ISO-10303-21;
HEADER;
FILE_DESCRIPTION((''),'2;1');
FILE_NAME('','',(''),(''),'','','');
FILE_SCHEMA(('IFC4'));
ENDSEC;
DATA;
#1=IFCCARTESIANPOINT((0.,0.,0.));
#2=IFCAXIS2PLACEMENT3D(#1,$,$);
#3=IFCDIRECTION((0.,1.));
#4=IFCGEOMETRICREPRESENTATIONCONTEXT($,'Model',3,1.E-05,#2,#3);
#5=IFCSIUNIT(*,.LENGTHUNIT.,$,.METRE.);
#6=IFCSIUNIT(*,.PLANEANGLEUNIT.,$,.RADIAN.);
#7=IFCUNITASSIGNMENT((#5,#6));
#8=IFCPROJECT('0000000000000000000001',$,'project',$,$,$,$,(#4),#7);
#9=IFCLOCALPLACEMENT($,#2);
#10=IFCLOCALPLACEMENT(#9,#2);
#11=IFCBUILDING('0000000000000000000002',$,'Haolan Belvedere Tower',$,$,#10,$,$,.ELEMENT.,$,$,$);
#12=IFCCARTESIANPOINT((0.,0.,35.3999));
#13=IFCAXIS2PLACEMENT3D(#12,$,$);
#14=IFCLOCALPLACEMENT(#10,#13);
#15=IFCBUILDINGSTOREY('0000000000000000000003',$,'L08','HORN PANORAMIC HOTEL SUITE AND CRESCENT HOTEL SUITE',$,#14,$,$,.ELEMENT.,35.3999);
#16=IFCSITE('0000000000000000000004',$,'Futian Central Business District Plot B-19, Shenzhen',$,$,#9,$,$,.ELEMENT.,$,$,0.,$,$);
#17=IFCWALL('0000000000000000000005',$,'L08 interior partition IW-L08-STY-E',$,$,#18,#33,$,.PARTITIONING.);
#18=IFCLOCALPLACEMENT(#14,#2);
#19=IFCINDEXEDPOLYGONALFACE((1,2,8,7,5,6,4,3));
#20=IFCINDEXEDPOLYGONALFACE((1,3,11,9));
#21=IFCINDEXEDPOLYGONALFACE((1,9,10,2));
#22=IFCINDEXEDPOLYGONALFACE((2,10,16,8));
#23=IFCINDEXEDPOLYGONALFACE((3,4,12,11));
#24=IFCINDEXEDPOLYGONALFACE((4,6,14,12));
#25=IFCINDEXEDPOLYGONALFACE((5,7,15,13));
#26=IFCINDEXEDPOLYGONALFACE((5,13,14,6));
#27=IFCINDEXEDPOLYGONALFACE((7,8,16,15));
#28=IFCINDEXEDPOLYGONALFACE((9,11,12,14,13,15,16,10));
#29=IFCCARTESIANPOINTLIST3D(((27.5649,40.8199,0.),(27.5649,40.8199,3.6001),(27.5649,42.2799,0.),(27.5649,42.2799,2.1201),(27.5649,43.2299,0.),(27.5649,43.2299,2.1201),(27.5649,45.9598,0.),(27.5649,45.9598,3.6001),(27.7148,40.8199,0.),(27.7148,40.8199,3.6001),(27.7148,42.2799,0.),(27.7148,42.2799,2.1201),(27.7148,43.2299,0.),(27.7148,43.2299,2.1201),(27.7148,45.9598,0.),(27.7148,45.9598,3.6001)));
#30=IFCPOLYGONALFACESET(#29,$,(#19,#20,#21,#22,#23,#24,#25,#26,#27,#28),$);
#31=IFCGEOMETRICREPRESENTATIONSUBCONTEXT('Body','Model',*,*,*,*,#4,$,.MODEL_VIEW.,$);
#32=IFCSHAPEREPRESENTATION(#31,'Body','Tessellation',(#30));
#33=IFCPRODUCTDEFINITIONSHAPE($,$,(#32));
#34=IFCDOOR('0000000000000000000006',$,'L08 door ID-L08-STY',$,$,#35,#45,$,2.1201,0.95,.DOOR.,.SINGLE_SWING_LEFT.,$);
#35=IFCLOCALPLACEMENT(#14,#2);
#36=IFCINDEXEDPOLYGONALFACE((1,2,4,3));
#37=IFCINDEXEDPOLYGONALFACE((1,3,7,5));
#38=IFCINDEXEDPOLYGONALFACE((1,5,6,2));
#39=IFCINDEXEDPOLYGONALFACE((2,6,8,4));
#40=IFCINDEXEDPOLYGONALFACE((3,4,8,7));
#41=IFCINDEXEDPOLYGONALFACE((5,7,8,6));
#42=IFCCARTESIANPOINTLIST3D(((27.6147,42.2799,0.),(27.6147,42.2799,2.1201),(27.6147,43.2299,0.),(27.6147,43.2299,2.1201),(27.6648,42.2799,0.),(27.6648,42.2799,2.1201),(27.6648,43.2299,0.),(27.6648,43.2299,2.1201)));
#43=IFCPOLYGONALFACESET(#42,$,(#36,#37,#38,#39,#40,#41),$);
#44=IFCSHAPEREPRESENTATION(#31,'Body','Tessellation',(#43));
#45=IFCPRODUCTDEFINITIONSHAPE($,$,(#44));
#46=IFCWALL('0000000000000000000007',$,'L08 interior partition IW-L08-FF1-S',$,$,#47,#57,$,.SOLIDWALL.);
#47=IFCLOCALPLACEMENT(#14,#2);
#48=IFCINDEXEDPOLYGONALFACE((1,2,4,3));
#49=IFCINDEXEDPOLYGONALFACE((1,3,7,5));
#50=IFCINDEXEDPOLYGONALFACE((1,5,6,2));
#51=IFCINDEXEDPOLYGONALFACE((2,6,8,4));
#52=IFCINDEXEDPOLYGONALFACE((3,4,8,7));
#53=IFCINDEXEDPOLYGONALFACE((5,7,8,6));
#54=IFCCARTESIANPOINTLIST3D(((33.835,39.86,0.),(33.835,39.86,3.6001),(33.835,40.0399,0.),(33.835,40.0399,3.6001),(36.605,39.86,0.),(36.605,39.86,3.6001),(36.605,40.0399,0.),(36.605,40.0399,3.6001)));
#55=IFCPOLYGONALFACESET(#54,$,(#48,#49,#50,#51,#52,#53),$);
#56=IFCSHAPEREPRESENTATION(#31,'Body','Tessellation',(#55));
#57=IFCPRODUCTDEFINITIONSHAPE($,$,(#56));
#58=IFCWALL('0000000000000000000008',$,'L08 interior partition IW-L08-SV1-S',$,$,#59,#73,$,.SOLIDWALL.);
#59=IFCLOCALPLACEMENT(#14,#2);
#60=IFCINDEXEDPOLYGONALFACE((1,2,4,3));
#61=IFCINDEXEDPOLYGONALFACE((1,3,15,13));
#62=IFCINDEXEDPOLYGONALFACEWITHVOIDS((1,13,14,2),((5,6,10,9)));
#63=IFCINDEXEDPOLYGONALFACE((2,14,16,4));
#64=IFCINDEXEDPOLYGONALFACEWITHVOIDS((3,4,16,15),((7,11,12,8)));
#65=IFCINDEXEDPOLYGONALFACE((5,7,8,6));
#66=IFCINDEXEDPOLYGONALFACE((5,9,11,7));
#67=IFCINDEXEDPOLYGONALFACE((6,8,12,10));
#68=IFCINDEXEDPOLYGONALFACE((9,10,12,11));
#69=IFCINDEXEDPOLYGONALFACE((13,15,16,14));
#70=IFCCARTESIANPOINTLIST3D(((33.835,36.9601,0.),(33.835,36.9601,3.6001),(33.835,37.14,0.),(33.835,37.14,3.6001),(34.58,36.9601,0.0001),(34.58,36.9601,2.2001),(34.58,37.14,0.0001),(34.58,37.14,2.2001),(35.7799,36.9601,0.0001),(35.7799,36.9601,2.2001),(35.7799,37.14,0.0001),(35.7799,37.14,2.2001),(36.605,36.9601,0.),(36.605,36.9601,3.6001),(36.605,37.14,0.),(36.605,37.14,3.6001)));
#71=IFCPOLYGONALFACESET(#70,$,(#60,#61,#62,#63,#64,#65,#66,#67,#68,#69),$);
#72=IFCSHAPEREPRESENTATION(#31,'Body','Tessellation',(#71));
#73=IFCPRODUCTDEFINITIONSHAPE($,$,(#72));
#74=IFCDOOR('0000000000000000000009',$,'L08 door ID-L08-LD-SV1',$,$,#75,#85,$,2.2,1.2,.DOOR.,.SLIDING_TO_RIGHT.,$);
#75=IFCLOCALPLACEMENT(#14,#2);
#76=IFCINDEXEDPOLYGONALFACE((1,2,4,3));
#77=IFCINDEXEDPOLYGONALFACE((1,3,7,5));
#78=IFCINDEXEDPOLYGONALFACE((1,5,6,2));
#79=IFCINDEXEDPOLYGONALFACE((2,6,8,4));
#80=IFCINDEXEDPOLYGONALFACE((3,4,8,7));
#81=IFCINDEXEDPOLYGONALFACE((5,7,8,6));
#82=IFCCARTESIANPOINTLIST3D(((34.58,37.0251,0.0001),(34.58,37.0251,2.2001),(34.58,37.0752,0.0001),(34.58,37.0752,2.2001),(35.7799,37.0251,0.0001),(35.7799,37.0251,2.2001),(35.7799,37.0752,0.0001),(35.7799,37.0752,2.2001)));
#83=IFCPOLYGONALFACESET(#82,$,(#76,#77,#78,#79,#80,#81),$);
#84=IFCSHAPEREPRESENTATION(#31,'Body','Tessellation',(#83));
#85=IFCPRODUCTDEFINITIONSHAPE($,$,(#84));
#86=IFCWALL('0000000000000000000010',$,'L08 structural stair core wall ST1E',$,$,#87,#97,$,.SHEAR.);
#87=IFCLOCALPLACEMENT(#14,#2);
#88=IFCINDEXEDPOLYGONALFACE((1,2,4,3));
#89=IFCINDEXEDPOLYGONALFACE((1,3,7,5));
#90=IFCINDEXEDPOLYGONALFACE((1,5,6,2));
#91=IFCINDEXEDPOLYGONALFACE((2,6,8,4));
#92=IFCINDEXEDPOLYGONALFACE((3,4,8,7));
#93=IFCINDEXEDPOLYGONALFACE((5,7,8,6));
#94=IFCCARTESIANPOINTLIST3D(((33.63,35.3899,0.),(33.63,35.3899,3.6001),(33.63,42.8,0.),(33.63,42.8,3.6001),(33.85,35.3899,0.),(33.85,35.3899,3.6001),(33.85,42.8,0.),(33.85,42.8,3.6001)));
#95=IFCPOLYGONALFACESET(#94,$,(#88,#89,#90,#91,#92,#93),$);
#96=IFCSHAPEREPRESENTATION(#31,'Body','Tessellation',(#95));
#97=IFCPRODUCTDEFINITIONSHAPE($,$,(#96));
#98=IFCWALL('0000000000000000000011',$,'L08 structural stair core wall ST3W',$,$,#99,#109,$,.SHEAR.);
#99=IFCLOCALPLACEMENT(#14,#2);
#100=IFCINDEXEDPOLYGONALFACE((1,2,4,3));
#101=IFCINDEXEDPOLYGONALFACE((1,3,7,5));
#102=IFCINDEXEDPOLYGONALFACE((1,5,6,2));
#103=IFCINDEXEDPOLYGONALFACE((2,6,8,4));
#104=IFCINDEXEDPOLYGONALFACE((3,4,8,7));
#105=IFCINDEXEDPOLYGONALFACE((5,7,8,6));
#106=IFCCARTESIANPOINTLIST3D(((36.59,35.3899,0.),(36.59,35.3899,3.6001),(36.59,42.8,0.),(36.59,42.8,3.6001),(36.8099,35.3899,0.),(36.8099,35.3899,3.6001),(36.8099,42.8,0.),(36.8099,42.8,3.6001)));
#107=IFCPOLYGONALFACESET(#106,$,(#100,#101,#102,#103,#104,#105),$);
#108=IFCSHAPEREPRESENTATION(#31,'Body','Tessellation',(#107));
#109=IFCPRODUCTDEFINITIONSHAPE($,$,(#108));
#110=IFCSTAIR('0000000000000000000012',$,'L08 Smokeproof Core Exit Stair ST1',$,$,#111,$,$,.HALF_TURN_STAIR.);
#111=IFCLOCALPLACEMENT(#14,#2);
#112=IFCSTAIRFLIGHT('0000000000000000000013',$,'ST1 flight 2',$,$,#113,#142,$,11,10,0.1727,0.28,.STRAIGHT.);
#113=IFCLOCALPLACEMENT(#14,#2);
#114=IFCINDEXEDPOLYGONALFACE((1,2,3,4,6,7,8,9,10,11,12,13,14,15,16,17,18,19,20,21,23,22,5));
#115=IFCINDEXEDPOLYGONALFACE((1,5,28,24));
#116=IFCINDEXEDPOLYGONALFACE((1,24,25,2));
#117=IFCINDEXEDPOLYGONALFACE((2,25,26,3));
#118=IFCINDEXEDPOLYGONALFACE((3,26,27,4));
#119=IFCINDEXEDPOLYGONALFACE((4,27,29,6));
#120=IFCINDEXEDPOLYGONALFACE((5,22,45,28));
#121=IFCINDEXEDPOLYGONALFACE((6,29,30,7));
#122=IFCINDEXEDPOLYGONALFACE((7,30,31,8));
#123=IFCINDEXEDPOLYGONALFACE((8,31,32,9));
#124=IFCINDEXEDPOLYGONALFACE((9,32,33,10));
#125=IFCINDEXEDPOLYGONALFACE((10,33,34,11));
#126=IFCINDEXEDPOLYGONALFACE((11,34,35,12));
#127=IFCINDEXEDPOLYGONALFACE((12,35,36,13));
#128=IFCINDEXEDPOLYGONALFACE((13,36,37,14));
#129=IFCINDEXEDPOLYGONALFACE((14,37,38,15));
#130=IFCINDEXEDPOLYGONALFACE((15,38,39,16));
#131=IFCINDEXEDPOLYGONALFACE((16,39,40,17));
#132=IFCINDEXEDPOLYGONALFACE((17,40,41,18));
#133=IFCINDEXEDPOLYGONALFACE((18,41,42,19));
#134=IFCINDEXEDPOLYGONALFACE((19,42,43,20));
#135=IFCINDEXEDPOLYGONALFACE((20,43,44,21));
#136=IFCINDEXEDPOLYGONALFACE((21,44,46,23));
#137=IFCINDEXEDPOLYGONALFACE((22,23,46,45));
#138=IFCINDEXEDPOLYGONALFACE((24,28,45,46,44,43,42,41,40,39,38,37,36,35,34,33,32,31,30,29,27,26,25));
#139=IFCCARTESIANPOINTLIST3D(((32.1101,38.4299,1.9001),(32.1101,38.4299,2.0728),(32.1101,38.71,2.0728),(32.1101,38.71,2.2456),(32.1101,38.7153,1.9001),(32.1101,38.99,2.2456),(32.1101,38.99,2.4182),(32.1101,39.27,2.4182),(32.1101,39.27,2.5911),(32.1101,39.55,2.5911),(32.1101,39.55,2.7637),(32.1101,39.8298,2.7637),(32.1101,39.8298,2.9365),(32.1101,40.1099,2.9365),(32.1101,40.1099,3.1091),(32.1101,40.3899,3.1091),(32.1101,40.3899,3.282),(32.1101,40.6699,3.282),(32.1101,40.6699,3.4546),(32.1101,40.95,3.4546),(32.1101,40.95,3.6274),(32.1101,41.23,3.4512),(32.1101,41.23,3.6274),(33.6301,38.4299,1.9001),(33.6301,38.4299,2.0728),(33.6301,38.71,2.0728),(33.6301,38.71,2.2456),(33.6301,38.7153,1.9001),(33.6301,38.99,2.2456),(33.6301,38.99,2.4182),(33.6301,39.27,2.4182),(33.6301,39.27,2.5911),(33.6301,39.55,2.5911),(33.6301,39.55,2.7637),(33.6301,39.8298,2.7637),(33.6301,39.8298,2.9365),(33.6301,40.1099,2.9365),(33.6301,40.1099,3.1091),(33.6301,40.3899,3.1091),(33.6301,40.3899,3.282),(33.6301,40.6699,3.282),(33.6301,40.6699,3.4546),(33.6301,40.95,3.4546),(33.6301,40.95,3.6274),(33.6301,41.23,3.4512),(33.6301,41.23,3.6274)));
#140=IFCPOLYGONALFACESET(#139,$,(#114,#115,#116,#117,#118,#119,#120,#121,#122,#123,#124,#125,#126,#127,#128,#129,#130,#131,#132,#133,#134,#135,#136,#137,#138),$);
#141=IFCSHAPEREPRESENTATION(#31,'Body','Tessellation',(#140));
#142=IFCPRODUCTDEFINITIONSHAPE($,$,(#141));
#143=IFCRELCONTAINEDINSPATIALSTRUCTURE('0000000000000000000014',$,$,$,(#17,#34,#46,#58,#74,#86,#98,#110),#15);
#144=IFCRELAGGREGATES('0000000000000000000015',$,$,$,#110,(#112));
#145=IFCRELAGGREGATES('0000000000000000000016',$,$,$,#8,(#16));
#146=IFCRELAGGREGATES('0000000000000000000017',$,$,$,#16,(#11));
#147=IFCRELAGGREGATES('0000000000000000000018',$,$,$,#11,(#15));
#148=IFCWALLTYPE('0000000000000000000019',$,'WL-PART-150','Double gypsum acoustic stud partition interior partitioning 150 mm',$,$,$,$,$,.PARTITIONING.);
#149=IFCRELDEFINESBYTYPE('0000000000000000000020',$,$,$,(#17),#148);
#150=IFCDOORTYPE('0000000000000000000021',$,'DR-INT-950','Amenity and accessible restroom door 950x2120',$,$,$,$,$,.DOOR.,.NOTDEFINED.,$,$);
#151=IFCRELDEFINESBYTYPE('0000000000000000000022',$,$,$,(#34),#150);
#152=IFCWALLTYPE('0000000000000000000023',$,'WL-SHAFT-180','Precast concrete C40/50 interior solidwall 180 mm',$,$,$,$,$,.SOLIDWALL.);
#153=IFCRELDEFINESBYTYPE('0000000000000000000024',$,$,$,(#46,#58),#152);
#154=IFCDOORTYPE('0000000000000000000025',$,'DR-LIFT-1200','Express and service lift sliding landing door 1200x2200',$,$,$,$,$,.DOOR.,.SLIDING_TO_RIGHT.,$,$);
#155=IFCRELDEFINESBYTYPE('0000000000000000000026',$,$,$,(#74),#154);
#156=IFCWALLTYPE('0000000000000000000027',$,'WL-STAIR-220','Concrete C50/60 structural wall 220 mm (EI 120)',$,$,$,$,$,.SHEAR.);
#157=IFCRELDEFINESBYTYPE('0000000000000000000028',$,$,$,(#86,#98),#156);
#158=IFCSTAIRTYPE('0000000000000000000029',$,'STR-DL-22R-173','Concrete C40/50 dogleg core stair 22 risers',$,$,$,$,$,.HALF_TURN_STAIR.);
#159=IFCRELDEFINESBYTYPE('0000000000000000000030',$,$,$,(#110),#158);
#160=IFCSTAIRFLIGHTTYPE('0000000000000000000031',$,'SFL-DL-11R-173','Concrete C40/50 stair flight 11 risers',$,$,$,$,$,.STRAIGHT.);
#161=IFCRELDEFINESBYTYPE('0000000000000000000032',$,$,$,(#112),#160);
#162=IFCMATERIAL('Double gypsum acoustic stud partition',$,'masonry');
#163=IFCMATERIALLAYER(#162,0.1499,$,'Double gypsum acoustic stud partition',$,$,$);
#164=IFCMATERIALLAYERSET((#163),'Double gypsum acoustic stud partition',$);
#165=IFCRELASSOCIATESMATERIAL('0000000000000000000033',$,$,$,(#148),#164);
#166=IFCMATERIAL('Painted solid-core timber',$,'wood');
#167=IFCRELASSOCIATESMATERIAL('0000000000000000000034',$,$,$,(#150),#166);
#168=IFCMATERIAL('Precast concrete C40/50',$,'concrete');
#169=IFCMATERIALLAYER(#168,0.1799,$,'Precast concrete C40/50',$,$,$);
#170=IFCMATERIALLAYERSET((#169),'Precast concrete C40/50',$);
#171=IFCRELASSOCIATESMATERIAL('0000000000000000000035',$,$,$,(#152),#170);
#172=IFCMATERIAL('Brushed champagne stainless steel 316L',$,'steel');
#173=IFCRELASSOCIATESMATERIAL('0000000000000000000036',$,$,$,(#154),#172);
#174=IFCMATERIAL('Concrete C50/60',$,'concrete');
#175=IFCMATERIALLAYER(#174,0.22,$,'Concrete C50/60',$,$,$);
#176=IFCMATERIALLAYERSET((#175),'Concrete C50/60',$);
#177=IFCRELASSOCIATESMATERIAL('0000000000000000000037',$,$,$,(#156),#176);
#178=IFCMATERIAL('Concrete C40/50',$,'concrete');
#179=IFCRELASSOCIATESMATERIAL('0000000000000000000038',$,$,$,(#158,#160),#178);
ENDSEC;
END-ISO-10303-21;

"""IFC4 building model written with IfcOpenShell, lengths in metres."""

from ifc_helpers import new_model, si_unit, direction, frame, frame_2d, origin, place, context, subcontext, project, spatial, polyline, rectangle, outline, extrude, material, layer, layer_set, type_object, element, fill, aggregate, save


model = new_model("IFC4")

# Units and contexts
model_context = context("Model", 3, precision=1e-05, world=origin(), true_north=direction((0.0, 1.0)))
body_context = subcontext(model_context, "Body", "Model", "MODEL_VIEW")
ifc_project = project(units=[si_unit("LENGTHUNIT", "METRE"), si_unit("PLANEANGLEUNIT", "RADIAN")], contexts=[model_context])

# Site, building, storey
site_placement = place(None, origin())
site = spatial("IfcSite", under=ifc_project, at=site_placement, Name="Futian Central Business District Plot B-19, Shenzhen", CompositionType="ELEMENT", RefElevation=0.0)
building_placement = place(site_placement, origin())
building = spatial("IfcBuilding", under=site, at=building_placement, Name="Haolan Belvedere Tower", CompositionType="ELEMENT")
storey_placement = place(building_placement, frame((0.0, 0.0, 35.3999)))
storey = spatial("IfcBuildingStorey", under=building, at=storey_placement, Name="L08", Description="HORN PANORAMIC HOTEL SUITE AND CRESCENT HOTEL SUITE", CompositionType="ELEMENT", Elevation=35.3999)

# Wall, opening, door
ifc_material_1 = material(Name="Double gypsum acoustic stud partition", Category="masonry")
ifc_layer_1 = layer(ifc_material_1, 0.1499, Name="Double gypsum acoustic stud partition")
ifc_layer_set_1 = layer_set([ifc_layer_1], Name="Double gypsum acoustic stud partition")
wall_type_1 = type_object("IfcWallType", Name="WL-PART-150", Description="Double gypsum acoustic stud partition interior partitioning 150 mm", PredefinedType="PARTITIONING", material=ifc_layer_set_1)
ifc_material_2 = material(Name="Painted solid-core timber", Category="wood")
door_type_1 = type_object("IfcDoorType", Name="DR-INT-950", Description="Amenity and accessible restroom door 950x2120", OperationType="NOTDEFINED", PredefinedType="DOOR", material=ifc_material_2)
wall_1_placement = place(storey_placement, frame((27.6399, 40.8201, 0.0), z_axis=(0.0, 0.0, 1.0), x_axis=(0.0, 1.0, 0.0)))
wall_1 = element("IfcWall", 1, at=wall_1_placement, inside=storey, type_object=wall_type_1, Name="L08 interior partition IW-L08-STY-E", PredefinedType="PARTITIONING", context=body_context, shape_type="SweptSolid", body=[
    extrude(rectangle(XDim=5.1399, YDim=0.1499, at=frame_2d((2.5698, 0.0))), origin(), (0.0, 0.0, 1.0), 3.6001),
])
opening_1_placement = place(wall_1_placement, frame((2.4099, 0.0, 0.0), z_axis=(0.0, 0.0, 1.0), x_axis=(-1.0, 0.0, 0.0)))
opening_1 = element("IfcOpeningElement", 2, at=opening_1_placement, cuts=wall_1, PredefinedType="OPENING", context=body_context, shape_type="SweptSolid", body=[
    extrude(rectangle(XDim=0.95, YDim=2.1201, at=frame_2d((0.4751, 1.0601))), frame((0.0, 0.085, 0.0), z_axis=(0.0, -1.0, 0.0), x_axis=(1.0, 0.0, 0.0)), (0.0, 0.0, 1.0), 0.1699),
])
door_1_placement = place(opening_1_placement, origin())
door_1 = element("IfcDoor", 3, at=door_1_placement, inside=storey, type_object=door_type_1, Name="L08 door ID-L08-STY", OperationType="SINGLE_SWING_LEFT", OverallHeight=2.1201, OverallWidth=0.95, PredefinedType="DOOR", context=body_context, shape_type="SweptSolid", body=[
    extrude(rectangle(XDim=0.95, YDim=2.1201, at=frame_2d((0.4751, 1.0601))), frame((0.0, 0.0249, 0.0), z_axis=(0.0, -1.0, 0.0), x_axis=(1.0, 0.0, 0.0)), (0.0, 0.0, 1.0), 0.05),
])
fill(opening_1, door_1)

# Wall
ifc_material_3 = material(Name="Precast concrete C40/50", Category="concrete")
ifc_layer_2 = layer(ifc_material_3, 0.1799, Name="Precast concrete C40/50")
ifc_layer_set_2 = layer_set([ifc_layer_2], Name="Precast concrete C40/50")
wall_type_2 = type_object("IfcWallType", Name="WL-SHAFT-180", Description="Precast concrete C40/50 interior solidwall 180 mm", PredefinedType="SOLIDWALL", material=ifc_layer_set_2)
wall_2_placement = place(storey_placement, frame((33.835, 39.95, 0.0), z_axis=(0.0, 0.0, 1.0), x_axis=(1.0, 0.0, 0.0)))
element("IfcWall", 4, at=wall_2_placement, inside=storey, type_object=wall_type_2, Name="L08 interior partition IW-L08-FF1-S", PredefinedType="SOLIDWALL", context=body_context, shape_type="SweptSolid", body=[
    extrude(rectangle(XDim=2.77, YDim=0.1799, at=frame_2d((1.385, 0.0))), origin(), (0.0, 0.0, 1.0), 3.6001),
])

# Wall, opening, door
wall_3_placement = place(storey_placement, frame((33.835, 37.05, 0.0), z_axis=(0.0, 0.0, 1.0), x_axis=(1.0, 0.0, 0.0)))
wall_3 = element("IfcWall", 5, at=wall_3_placement, inside=storey, type_object=wall_type_2, Name="L08 interior partition IW-L08-SV1-S", PredefinedType="SOLIDWALL", context=body_context, shape_type="SweptSolid", body=[
    extrude(rectangle(XDim=2.77, YDim=0.1799, at=frame_2d((1.385, 0.0))), origin(), (0.0, 0.0, 1.0), 3.6001),
])
opening_2_placement = place(wall_3_placement, frame((1.9451, 0.0, 0.0), z_axis=(0.0, 0.0, 1.0), x_axis=(-1.0, 0.0, 0.0)))
opening_2 = element("IfcOpeningElement", 6, at=opening_2_placement, cuts=wall_3, PredefinedType="OPENING", context=body_context, shape_type="SweptSolid", body=[
    extrude(rectangle(XDim=1.2, YDim=2.2, at=frame_2d((0.6001, 1.1001))), frame((0.0, 0.0999, 0.0), z_axis=(0.0, -1.0, 0.0), x_axis=(1.0, 0.0, 0.0)), (0.0, 0.0, 1.0), 0.2),
])
ifc_material_4 = material(Name="Brushed champagne stainless steel 316L", Category="steel")
door_type_2 = type_object("IfcDoorType", Name="DR-LIFT-1200", Description="Express and service lift sliding landing door 1200x2200", OperationType="SLIDING_TO_RIGHT", PredefinedType="DOOR", material=ifc_material_4)
door_2_placement = place(opening_2_placement, origin())
door_2 = element("IfcDoor", 7, at=door_2_placement, inside=storey, type_object=door_type_2, Name="L08 door ID-L08-LD-SV1", OperationType="SLIDING_TO_RIGHT", OverallHeight=2.2, OverallWidth=1.2, PredefinedType="DOOR", context=body_context, shape_type="SweptSolid", body=[
    extrude(rectangle(XDim=1.2, YDim=2.2, at=frame_2d((0.6001, 1.1001))), frame((0.0, 0.0249, 0.0), z_axis=(0.0, -1.0, 0.0), x_axis=(1.0, 0.0, 0.0)), (0.0, 0.0, 1.0), 0.05),
])
fill(opening_2, door_2)

# Walls
ifc_material_5 = material(Name="Concrete C50/60", Category="concrete")
ifc_layer_3 = layer(ifc_material_5, 0.22, Name="Concrete C50/60")
ifc_layer_set_3 = layer_set([ifc_layer_3], Name="Concrete C50/60")
wall_type_3 = type_object("IfcWallType", Name="WL-STAIR-220", Description="Concrete C50/60 structural wall 220 mm (EI 120)", PredefinedType="SHEAR", material=ifc_layer_set_3)
for number, where, z_axis, x_axis, name in (
    (8, (33.74, 35.3899, 0.0), (0.0, 0.0, 1.0), (0.0, 1.0, 0.0), "L08 structural stair core wall ST1E"),
    (9, (36.7, 35.3899, 0.0), (0.0, 0.0, 1.0), (0.0, 1.0, 0.0), "L08 structural stair core wall ST3W"),
):
    element("IfcWall", number, at=place(storey_placement, frame(where, z_axis=z_axis, x_axis=x_axis)), inside=storey, type_object=wall_type_3, Name=name, PredefinedType="SHEAR", context=body_context, shape_type="SweptSolid", body=[
        extrude(rectangle(XDim=7.4102, YDim=0.22, at=frame_2d((3.7051, 0.0))), origin(), (0.0, 0.0, 1.0), 3.6001),
    ])

# Stair, stair flight
ifc_material_6 = material(Name="Concrete C40/50", Category="concrete")
stair_type = type_object("IfcStairType", Name="STR-DL-22R-173", Description="Concrete C40/50 dogleg core stair 22 risers", PredefinedType="HALF_TURN_STAIR", material=ifc_material_6)
stair_placement = place(storey_placement, origin())
stair = element("IfcStair", 10, at=stair_placement, inside=storey, type_object=stair_type, Name="L08 Smokeproof Core Exit Stair ST1", PredefinedType="HALF_TURN_STAIR")
stair_flight_type = type_object("IfcStairFlightType", Name="SFL-DL-11R-173", Description="Concrete C40/50 stair flight 11 risers", PredefinedType="STRAIGHT", material=ifc_material_6)
stair_flight_placement = place(storey_placement, frame((32.8701, 38.4299, 1.9001), z_axis=(0.0, 0.0, 1.0), x_axis=(0.0, 1.0, 0.0)))
stair_flight = element("IfcStairFlight", 11, at=stair_flight_placement, type_object=stair_flight_type, Name="ST1 flight 2", NumberOfRisers=11, NumberOfTreads=10, PredefinedType="STRAIGHT", RiserHeight=0.1727, TreadLength=0.28, context=body_context, shape_type="SweptSolid", body=[
    extrude(outline(polyline([(0.0, 0.0), (0.0, 0.1726), (0.28, 0.1726), (0.28, 0.3455), (0.5601, 0.3455), (0.5601, 0.5181), (0.8401, 0.5181), (0.8401, 0.6909), (1.1201, 0.6909), (1.1201, 0.8635), (1.3999, 0.8635), (1.3999, 1.0364), (1.6799, 1.0364), (1.6799, 1.209), (1.96, 1.209), (1.96, 1.3818), (2.24, 1.3818), (2.24, 1.5544), (2.52, 1.5544), (2.52, 1.7273), (2.8, 1.7273), (2.8, 1.8999), (2.8, 1.551), (0.2854, 0.0), (0.0, 0.0)])), frame((0.0, 0.76, 0.0), z_axis=(0.0, -1.0, 0.0), x_axis=(1.0, 0.0, 0.0)), (0.0, 0.0, 1.0), 1.52),
])
aggregate(stair, [stair_flight])

save(model, "model.ifc")
